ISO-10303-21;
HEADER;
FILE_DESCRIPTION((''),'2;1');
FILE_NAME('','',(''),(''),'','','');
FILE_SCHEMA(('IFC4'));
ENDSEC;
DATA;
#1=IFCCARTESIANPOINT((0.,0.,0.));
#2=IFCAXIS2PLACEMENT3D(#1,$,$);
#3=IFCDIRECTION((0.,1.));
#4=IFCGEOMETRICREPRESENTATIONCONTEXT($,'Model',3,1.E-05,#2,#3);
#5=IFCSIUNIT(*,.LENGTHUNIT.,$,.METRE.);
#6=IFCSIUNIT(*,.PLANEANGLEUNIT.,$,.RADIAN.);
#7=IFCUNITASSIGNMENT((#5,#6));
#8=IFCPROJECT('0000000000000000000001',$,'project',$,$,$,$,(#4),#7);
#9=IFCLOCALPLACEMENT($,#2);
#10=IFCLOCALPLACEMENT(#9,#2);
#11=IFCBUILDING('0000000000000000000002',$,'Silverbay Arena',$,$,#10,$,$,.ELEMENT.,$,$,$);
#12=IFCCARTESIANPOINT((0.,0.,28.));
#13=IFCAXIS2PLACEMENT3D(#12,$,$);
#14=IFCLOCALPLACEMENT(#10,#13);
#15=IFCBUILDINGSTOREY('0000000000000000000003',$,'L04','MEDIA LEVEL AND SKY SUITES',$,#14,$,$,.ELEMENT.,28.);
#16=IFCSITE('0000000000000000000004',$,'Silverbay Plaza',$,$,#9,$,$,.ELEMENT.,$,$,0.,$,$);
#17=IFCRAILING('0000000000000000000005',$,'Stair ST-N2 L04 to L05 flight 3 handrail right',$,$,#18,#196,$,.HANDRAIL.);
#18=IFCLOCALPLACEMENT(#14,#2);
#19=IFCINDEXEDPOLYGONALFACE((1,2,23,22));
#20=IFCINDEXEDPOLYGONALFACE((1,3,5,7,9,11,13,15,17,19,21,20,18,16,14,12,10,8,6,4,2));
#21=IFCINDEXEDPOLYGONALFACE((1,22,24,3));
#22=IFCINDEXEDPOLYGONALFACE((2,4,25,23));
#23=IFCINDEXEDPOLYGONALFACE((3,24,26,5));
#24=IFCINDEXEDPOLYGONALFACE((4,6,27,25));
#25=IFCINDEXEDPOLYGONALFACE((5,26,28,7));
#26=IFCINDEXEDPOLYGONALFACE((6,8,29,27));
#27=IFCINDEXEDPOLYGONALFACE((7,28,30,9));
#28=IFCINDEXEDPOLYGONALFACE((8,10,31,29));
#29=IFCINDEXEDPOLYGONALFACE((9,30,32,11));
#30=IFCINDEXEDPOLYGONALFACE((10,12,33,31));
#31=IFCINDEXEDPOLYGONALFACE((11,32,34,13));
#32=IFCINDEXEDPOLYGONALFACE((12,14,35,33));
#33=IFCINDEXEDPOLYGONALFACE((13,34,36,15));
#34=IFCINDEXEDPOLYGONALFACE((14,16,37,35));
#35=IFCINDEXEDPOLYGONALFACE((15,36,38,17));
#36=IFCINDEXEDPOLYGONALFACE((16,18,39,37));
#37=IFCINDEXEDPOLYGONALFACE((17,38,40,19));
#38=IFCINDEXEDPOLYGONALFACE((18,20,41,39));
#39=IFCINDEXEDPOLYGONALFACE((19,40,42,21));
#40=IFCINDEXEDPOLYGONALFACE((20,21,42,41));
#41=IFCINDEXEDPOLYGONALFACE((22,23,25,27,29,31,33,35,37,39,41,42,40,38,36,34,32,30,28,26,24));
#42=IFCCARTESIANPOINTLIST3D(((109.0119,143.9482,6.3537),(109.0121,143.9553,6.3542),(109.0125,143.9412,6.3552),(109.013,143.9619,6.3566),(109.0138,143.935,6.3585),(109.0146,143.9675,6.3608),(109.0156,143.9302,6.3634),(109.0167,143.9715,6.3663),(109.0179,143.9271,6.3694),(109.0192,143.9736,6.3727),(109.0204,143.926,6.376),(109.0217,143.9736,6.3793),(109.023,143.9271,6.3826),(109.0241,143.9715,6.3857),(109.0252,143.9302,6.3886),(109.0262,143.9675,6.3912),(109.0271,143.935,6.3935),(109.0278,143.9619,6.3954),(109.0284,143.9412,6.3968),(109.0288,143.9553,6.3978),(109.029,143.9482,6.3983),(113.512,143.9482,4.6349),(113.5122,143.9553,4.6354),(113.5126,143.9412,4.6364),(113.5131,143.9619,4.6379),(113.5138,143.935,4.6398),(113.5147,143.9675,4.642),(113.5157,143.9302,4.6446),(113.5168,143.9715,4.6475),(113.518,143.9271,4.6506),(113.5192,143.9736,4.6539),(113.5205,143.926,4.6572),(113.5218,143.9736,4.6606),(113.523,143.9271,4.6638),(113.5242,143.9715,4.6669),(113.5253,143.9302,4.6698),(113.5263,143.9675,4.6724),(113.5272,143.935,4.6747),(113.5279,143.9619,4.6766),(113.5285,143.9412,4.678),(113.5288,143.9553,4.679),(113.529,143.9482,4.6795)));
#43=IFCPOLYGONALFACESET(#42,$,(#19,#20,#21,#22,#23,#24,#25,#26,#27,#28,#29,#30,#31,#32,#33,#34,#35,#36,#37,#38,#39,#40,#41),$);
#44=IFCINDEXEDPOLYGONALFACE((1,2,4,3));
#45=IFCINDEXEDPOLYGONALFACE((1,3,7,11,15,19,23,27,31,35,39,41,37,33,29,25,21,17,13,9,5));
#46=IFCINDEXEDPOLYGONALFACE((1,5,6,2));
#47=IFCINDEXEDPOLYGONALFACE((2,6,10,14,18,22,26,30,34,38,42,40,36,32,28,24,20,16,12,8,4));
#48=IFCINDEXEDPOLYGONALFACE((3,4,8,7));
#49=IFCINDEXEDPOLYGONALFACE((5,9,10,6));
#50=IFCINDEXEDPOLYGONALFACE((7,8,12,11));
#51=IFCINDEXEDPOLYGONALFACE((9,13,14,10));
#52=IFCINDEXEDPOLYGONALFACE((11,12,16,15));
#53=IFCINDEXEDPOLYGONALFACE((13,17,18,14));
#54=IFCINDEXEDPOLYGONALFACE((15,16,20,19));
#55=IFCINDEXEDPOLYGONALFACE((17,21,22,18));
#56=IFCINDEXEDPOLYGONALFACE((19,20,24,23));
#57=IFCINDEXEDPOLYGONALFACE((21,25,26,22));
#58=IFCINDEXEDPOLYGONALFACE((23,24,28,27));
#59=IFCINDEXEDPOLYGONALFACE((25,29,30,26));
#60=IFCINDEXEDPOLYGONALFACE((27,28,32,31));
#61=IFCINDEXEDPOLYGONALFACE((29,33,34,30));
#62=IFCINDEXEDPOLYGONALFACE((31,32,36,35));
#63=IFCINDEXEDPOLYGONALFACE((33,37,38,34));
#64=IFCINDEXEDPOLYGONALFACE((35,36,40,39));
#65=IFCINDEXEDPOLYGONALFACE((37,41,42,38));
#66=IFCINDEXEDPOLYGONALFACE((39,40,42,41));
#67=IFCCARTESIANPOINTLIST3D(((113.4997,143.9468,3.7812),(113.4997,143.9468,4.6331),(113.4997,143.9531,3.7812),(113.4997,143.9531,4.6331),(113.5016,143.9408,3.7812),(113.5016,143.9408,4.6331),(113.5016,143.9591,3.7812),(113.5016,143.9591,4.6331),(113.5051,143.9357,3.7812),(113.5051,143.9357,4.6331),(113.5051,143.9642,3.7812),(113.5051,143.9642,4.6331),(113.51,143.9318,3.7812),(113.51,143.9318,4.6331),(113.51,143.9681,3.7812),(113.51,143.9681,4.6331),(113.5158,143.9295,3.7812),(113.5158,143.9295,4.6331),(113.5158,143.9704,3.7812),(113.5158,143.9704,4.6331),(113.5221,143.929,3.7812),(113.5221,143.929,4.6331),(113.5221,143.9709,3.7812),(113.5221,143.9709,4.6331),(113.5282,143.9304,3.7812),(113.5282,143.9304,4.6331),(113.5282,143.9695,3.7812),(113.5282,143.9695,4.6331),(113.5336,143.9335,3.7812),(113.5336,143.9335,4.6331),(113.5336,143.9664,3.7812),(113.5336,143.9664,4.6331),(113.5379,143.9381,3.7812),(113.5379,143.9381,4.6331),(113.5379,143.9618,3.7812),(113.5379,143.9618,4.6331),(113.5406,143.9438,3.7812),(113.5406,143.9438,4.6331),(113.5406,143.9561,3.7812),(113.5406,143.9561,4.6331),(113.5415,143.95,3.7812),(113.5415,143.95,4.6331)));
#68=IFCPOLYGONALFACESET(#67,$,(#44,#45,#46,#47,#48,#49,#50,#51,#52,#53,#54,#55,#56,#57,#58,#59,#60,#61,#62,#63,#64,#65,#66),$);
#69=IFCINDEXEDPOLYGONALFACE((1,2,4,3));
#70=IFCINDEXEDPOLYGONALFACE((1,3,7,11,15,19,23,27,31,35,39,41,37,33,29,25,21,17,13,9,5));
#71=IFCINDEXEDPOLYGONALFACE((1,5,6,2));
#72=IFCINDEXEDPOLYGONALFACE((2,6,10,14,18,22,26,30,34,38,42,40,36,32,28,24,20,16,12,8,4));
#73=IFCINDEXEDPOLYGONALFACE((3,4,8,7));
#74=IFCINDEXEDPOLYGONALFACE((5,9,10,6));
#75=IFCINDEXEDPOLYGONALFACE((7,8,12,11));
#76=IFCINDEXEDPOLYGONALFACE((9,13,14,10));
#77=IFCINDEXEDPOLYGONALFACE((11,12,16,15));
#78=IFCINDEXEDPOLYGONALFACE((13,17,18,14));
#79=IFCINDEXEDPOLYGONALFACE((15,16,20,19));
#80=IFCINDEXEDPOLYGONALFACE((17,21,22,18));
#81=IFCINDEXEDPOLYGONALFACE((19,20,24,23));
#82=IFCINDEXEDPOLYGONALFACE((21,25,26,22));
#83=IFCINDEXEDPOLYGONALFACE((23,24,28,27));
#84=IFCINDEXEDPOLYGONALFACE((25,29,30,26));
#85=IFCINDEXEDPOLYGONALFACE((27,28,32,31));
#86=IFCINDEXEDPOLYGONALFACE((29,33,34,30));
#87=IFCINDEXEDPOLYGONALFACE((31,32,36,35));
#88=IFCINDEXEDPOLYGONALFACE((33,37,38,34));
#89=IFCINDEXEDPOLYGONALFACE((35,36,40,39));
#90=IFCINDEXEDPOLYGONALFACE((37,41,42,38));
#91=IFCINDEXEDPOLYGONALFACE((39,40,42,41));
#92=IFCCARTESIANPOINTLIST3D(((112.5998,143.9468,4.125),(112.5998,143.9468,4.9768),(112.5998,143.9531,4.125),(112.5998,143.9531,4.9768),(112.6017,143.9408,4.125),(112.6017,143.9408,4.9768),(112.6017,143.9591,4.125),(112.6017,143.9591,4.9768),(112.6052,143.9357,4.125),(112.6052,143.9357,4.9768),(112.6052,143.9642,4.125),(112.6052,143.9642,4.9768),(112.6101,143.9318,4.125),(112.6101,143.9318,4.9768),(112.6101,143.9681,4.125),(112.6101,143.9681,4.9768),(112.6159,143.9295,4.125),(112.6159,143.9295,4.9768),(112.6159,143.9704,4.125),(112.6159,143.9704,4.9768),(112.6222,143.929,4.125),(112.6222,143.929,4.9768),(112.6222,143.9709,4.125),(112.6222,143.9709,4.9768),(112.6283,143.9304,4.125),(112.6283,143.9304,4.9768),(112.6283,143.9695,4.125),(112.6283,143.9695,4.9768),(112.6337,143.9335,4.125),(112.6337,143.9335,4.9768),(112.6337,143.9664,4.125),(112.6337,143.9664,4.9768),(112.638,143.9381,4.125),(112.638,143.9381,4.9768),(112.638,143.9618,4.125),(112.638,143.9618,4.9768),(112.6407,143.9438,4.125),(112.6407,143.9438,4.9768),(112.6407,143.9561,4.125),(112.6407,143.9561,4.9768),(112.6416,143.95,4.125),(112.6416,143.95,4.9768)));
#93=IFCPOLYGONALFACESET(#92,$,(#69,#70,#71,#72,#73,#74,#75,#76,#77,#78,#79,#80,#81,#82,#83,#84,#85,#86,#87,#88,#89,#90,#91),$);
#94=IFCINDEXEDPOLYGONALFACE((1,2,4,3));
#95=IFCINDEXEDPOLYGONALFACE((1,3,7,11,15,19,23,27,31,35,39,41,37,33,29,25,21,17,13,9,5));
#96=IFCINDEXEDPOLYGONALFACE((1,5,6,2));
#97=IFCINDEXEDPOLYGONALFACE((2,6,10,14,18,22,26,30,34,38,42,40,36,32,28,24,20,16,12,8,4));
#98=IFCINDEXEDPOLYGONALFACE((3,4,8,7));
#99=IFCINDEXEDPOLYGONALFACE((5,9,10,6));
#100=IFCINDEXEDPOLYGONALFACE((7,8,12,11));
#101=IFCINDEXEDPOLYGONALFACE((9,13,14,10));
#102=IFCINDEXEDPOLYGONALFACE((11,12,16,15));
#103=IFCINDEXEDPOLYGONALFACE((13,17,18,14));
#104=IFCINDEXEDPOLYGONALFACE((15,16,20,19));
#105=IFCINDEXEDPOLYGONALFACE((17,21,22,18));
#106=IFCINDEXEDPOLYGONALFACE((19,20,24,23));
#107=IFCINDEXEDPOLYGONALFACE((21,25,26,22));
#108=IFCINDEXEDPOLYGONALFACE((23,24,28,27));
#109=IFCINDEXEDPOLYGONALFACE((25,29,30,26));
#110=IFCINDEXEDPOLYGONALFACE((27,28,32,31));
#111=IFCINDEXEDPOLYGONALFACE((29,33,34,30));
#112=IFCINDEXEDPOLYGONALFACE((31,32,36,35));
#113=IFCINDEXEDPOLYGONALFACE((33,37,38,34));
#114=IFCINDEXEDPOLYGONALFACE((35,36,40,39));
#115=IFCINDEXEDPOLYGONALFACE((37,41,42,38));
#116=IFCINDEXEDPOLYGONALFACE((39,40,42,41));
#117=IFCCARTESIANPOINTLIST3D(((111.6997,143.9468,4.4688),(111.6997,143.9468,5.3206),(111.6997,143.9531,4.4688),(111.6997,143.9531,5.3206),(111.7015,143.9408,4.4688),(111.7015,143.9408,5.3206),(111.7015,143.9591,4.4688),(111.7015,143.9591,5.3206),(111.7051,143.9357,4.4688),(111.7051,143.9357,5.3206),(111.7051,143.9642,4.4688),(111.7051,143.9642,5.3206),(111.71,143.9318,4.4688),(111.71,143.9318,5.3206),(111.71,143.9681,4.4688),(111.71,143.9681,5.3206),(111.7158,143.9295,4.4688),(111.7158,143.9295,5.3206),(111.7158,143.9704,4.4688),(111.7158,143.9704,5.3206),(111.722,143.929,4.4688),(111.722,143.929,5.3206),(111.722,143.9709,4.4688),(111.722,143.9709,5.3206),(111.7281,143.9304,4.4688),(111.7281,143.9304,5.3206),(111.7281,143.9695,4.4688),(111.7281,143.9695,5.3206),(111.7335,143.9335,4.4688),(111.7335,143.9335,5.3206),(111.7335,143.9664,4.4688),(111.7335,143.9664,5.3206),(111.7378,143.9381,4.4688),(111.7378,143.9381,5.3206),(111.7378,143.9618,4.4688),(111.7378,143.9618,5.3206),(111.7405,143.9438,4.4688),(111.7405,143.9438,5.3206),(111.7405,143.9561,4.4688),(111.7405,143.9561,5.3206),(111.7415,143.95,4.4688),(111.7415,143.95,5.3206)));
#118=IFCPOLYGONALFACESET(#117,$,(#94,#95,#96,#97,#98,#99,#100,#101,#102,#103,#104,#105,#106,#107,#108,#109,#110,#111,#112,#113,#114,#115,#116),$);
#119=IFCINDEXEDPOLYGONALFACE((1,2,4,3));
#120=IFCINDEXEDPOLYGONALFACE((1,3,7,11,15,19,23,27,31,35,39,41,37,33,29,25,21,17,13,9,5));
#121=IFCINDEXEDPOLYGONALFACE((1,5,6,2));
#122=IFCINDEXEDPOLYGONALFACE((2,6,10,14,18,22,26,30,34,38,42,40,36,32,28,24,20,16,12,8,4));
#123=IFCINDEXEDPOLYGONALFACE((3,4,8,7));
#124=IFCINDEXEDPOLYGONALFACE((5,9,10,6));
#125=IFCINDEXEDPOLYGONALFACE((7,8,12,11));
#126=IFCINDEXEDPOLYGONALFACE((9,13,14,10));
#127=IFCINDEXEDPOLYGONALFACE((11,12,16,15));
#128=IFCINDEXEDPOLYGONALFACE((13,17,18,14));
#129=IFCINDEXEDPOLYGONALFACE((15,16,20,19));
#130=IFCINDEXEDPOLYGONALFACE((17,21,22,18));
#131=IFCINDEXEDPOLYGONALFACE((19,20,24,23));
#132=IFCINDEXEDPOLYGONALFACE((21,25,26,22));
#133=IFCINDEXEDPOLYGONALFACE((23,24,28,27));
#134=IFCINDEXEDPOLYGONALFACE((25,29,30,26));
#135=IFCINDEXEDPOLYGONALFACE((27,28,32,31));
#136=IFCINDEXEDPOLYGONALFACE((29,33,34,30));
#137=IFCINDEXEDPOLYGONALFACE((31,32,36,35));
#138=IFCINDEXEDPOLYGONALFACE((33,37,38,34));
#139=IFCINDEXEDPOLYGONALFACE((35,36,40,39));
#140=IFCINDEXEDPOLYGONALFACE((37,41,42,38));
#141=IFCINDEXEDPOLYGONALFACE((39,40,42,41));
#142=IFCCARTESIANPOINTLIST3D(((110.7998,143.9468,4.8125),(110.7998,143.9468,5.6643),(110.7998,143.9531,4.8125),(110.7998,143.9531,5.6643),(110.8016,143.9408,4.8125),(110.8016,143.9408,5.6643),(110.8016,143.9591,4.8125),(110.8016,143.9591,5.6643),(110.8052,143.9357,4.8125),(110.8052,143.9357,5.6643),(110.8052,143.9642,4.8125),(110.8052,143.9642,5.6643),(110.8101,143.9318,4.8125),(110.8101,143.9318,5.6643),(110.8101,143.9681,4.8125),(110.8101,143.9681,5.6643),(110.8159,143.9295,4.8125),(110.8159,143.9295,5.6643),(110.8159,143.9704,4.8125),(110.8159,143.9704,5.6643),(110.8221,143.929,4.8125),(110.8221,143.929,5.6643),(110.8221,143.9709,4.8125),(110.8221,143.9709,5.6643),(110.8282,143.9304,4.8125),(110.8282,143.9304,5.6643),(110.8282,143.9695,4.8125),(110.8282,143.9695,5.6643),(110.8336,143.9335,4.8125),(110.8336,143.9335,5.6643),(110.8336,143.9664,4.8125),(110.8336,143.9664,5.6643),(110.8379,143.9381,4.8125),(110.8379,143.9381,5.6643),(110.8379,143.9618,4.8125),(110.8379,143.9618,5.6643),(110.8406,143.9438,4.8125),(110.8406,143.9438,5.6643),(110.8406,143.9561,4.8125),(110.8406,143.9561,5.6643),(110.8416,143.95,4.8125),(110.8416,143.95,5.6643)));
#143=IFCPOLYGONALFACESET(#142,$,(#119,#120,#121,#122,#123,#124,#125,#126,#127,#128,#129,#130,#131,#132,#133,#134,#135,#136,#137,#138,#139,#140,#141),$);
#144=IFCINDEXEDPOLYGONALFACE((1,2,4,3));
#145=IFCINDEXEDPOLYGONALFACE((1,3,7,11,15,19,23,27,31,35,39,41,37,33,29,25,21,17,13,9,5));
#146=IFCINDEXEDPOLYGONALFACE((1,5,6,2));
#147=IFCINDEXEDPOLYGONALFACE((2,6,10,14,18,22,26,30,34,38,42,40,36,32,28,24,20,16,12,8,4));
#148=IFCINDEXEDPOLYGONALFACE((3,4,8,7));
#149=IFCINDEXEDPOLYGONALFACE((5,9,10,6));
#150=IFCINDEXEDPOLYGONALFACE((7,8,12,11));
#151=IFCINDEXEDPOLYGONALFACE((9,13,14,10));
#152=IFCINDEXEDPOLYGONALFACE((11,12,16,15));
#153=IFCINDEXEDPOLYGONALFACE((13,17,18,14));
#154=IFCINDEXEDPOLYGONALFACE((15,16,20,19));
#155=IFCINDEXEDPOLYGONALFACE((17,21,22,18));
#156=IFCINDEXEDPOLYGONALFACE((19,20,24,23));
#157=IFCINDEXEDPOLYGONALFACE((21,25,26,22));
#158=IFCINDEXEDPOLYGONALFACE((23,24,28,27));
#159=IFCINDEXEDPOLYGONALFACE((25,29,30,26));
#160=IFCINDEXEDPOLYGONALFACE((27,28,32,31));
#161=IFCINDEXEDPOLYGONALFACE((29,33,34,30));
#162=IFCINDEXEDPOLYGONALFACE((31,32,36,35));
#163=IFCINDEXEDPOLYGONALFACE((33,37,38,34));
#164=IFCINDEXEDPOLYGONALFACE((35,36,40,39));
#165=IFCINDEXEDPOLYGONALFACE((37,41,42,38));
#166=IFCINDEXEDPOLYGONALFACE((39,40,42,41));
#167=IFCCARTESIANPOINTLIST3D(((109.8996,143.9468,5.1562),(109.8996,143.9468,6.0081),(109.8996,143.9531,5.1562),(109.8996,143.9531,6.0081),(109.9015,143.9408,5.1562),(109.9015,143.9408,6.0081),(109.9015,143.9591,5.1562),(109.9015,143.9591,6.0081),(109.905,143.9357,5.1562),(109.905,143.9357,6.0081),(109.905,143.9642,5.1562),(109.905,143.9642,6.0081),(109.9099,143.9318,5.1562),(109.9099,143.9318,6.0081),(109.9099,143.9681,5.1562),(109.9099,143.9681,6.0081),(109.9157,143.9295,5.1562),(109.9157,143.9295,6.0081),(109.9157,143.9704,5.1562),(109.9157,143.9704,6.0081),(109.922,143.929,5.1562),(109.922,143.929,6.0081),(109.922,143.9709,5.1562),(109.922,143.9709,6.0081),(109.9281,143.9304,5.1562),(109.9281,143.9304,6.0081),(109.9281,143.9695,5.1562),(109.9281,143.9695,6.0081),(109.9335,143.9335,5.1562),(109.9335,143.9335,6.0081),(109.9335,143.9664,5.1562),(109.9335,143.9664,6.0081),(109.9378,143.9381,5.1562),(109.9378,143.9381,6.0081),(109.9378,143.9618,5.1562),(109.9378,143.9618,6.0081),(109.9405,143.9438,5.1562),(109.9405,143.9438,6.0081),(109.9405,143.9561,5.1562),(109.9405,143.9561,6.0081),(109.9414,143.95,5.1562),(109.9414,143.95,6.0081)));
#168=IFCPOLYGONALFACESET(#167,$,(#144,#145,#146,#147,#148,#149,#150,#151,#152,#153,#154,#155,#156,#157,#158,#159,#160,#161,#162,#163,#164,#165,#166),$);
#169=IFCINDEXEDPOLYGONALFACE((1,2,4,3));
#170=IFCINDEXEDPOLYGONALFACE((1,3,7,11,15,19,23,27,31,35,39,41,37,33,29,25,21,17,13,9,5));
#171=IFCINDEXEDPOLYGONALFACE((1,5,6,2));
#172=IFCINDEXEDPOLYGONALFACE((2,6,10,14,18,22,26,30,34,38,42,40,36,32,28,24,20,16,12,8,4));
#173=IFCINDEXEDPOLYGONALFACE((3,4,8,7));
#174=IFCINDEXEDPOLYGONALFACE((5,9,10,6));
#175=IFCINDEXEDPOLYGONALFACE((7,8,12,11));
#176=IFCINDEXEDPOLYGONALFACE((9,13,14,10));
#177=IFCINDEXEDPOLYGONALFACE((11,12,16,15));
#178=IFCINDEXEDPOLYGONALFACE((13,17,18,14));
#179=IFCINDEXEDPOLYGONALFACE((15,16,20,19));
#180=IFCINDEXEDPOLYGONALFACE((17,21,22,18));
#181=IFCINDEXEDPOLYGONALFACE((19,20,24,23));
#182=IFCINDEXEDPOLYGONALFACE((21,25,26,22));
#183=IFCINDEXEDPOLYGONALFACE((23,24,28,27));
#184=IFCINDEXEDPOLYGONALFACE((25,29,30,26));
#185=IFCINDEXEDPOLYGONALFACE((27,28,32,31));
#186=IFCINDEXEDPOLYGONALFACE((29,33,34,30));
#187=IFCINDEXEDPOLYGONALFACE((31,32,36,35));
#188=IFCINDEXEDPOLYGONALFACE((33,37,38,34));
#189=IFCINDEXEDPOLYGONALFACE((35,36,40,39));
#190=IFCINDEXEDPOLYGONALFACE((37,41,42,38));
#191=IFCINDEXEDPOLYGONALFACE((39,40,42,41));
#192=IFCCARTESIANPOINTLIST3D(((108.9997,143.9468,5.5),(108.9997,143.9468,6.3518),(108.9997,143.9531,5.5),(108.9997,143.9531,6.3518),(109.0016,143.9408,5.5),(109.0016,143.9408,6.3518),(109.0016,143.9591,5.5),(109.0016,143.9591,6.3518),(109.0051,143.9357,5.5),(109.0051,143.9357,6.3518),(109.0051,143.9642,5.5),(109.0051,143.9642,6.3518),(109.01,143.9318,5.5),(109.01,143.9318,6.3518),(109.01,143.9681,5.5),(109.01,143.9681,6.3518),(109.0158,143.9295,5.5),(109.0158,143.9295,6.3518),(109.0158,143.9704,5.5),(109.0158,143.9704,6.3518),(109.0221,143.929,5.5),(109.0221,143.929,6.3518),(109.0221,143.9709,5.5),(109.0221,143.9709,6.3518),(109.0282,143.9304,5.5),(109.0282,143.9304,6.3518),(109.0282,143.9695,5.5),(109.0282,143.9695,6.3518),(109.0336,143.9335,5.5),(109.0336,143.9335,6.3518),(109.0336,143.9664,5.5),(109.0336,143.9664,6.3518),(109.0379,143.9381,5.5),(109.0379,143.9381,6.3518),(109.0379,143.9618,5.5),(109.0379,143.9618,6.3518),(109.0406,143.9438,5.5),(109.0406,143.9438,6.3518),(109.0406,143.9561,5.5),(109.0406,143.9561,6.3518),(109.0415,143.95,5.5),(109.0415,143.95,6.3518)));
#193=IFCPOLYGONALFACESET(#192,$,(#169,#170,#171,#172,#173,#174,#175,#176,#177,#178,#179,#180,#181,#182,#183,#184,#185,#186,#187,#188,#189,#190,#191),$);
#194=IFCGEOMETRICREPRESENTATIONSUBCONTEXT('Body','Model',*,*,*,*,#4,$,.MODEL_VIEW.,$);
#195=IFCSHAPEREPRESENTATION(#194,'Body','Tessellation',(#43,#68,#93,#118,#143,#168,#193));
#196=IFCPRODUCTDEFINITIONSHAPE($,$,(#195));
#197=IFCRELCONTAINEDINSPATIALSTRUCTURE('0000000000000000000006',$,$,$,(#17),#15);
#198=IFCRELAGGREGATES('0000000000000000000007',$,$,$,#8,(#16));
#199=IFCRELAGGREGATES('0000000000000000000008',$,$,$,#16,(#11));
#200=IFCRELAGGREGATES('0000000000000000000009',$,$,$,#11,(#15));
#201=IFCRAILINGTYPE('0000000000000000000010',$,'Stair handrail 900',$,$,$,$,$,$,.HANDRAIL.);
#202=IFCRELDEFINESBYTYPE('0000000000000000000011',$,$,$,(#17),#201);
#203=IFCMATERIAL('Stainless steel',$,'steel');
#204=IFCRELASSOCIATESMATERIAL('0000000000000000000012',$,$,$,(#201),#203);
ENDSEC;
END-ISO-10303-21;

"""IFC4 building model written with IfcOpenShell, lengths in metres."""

from ifc_helpers import new_model, si_unit, direction, frame, origin, origin_2d, place, context, subcontext, project, spatial, circle, extrude, material, type_object, element, save


model = new_model("IFC4")

# Units and contexts
model_context = context("Model", 3, precision=1e-05, world=origin(), true_north=direction((0.0, 1.0)))
body_context = subcontext(model_context, "Body", "Model", "MODEL_VIEW")
ifc_project = project(units=[si_unit("LENGTHUNIT", "METRE"), si_unit("PLANEANGLEUNIT", "RADIAN")], contexts=[model_context])

# Site, building, storey
site_placement = place(None, origin())
site = spatial("IfcSite", under=ifc_project, at=site_placement, Name="Silverbay Plaza", CompositionType="ELEMENT", RefElevation=0.0)
building_placement = place(site_placement, origin())
building = spatial("IfcBuilding", under=site, at=building_placement, Name="Silverbay Arena", CompositionType="ELEMENT")
storey_placement = place(building_placement, frame((0.0, 0.0, 28.0)))
storey = spatial("IfcBuildingStorey", under=building, at=storey_placement, Name="L04", Description="MEDIA LEVEL AND SKY SUITES", CompositionType="ELEMENT", Elevation=28.0)

# Railing
ifc_material_1 = material(Name="Stainless steel", Category="steel")
railing_type_1 = type_object("IfcRailingType", Name="Stair handrail 900", PredefinedType="HANDRAIL", material=ifc_material_1)
for number, where, name in (
    (1, (113.5205, 143.95, 3.7812), "Stair ST-N2 L04 to L05 flight 3 handrail right"),
):
    element("IfcRailing", number, at=place(storey_placement, frame(where)), inside=storey, type_object=railing_type_1, Name=name, PredefinedType="HANDRAIL", context=body_context, shape_type="SweptSolid", body=[
        extrude(circle(Radius=0.0239, at=origin_2d()), frame((0.0, 0.0, 0.876), z_axis=(-0.934179, 0.0, 0.356805), x_axis=(0.0, -1.0, 0.0)), (0.0, 0.0, 1.0), 4.8171),
        extrude(circle(Radius=0.021, at=origin_2d()), origin(), (0.0, 0.0, 1.0), 0.8518),
        extrude(circle(Radius=0.021, at=origin_2d()), frame((-0.8999, 0.0, 0.3438)), (0.0, 0.0, 1.0), 0.8518),
        extrude(circle(Radius=0.021, at=origin_2d()), frame((-1.8, 0.0, 0.6875)), (0.0, 0.0, 1.0), 0.8518),
        extrude(circle(Radius=0.021, at=origin_2d()), frame((-2.7, 0.0, 1.0312)), (0.0, 0.0, 1.0), 0.8518),
        extrude(circle(Radius=0.021, at=origin_2d()), frame((-3.6001, 0.0, 1.375)), (0.0, 0.0, 1.0), 0.8518),
        extrude(circle(Radius=0.021, at=origin_2d()), frame((-4.5, 0.0, 1.7188)), (0.0, 0.0, 1.0), 0.8518),
    ])

save(model, "model.ifc")
